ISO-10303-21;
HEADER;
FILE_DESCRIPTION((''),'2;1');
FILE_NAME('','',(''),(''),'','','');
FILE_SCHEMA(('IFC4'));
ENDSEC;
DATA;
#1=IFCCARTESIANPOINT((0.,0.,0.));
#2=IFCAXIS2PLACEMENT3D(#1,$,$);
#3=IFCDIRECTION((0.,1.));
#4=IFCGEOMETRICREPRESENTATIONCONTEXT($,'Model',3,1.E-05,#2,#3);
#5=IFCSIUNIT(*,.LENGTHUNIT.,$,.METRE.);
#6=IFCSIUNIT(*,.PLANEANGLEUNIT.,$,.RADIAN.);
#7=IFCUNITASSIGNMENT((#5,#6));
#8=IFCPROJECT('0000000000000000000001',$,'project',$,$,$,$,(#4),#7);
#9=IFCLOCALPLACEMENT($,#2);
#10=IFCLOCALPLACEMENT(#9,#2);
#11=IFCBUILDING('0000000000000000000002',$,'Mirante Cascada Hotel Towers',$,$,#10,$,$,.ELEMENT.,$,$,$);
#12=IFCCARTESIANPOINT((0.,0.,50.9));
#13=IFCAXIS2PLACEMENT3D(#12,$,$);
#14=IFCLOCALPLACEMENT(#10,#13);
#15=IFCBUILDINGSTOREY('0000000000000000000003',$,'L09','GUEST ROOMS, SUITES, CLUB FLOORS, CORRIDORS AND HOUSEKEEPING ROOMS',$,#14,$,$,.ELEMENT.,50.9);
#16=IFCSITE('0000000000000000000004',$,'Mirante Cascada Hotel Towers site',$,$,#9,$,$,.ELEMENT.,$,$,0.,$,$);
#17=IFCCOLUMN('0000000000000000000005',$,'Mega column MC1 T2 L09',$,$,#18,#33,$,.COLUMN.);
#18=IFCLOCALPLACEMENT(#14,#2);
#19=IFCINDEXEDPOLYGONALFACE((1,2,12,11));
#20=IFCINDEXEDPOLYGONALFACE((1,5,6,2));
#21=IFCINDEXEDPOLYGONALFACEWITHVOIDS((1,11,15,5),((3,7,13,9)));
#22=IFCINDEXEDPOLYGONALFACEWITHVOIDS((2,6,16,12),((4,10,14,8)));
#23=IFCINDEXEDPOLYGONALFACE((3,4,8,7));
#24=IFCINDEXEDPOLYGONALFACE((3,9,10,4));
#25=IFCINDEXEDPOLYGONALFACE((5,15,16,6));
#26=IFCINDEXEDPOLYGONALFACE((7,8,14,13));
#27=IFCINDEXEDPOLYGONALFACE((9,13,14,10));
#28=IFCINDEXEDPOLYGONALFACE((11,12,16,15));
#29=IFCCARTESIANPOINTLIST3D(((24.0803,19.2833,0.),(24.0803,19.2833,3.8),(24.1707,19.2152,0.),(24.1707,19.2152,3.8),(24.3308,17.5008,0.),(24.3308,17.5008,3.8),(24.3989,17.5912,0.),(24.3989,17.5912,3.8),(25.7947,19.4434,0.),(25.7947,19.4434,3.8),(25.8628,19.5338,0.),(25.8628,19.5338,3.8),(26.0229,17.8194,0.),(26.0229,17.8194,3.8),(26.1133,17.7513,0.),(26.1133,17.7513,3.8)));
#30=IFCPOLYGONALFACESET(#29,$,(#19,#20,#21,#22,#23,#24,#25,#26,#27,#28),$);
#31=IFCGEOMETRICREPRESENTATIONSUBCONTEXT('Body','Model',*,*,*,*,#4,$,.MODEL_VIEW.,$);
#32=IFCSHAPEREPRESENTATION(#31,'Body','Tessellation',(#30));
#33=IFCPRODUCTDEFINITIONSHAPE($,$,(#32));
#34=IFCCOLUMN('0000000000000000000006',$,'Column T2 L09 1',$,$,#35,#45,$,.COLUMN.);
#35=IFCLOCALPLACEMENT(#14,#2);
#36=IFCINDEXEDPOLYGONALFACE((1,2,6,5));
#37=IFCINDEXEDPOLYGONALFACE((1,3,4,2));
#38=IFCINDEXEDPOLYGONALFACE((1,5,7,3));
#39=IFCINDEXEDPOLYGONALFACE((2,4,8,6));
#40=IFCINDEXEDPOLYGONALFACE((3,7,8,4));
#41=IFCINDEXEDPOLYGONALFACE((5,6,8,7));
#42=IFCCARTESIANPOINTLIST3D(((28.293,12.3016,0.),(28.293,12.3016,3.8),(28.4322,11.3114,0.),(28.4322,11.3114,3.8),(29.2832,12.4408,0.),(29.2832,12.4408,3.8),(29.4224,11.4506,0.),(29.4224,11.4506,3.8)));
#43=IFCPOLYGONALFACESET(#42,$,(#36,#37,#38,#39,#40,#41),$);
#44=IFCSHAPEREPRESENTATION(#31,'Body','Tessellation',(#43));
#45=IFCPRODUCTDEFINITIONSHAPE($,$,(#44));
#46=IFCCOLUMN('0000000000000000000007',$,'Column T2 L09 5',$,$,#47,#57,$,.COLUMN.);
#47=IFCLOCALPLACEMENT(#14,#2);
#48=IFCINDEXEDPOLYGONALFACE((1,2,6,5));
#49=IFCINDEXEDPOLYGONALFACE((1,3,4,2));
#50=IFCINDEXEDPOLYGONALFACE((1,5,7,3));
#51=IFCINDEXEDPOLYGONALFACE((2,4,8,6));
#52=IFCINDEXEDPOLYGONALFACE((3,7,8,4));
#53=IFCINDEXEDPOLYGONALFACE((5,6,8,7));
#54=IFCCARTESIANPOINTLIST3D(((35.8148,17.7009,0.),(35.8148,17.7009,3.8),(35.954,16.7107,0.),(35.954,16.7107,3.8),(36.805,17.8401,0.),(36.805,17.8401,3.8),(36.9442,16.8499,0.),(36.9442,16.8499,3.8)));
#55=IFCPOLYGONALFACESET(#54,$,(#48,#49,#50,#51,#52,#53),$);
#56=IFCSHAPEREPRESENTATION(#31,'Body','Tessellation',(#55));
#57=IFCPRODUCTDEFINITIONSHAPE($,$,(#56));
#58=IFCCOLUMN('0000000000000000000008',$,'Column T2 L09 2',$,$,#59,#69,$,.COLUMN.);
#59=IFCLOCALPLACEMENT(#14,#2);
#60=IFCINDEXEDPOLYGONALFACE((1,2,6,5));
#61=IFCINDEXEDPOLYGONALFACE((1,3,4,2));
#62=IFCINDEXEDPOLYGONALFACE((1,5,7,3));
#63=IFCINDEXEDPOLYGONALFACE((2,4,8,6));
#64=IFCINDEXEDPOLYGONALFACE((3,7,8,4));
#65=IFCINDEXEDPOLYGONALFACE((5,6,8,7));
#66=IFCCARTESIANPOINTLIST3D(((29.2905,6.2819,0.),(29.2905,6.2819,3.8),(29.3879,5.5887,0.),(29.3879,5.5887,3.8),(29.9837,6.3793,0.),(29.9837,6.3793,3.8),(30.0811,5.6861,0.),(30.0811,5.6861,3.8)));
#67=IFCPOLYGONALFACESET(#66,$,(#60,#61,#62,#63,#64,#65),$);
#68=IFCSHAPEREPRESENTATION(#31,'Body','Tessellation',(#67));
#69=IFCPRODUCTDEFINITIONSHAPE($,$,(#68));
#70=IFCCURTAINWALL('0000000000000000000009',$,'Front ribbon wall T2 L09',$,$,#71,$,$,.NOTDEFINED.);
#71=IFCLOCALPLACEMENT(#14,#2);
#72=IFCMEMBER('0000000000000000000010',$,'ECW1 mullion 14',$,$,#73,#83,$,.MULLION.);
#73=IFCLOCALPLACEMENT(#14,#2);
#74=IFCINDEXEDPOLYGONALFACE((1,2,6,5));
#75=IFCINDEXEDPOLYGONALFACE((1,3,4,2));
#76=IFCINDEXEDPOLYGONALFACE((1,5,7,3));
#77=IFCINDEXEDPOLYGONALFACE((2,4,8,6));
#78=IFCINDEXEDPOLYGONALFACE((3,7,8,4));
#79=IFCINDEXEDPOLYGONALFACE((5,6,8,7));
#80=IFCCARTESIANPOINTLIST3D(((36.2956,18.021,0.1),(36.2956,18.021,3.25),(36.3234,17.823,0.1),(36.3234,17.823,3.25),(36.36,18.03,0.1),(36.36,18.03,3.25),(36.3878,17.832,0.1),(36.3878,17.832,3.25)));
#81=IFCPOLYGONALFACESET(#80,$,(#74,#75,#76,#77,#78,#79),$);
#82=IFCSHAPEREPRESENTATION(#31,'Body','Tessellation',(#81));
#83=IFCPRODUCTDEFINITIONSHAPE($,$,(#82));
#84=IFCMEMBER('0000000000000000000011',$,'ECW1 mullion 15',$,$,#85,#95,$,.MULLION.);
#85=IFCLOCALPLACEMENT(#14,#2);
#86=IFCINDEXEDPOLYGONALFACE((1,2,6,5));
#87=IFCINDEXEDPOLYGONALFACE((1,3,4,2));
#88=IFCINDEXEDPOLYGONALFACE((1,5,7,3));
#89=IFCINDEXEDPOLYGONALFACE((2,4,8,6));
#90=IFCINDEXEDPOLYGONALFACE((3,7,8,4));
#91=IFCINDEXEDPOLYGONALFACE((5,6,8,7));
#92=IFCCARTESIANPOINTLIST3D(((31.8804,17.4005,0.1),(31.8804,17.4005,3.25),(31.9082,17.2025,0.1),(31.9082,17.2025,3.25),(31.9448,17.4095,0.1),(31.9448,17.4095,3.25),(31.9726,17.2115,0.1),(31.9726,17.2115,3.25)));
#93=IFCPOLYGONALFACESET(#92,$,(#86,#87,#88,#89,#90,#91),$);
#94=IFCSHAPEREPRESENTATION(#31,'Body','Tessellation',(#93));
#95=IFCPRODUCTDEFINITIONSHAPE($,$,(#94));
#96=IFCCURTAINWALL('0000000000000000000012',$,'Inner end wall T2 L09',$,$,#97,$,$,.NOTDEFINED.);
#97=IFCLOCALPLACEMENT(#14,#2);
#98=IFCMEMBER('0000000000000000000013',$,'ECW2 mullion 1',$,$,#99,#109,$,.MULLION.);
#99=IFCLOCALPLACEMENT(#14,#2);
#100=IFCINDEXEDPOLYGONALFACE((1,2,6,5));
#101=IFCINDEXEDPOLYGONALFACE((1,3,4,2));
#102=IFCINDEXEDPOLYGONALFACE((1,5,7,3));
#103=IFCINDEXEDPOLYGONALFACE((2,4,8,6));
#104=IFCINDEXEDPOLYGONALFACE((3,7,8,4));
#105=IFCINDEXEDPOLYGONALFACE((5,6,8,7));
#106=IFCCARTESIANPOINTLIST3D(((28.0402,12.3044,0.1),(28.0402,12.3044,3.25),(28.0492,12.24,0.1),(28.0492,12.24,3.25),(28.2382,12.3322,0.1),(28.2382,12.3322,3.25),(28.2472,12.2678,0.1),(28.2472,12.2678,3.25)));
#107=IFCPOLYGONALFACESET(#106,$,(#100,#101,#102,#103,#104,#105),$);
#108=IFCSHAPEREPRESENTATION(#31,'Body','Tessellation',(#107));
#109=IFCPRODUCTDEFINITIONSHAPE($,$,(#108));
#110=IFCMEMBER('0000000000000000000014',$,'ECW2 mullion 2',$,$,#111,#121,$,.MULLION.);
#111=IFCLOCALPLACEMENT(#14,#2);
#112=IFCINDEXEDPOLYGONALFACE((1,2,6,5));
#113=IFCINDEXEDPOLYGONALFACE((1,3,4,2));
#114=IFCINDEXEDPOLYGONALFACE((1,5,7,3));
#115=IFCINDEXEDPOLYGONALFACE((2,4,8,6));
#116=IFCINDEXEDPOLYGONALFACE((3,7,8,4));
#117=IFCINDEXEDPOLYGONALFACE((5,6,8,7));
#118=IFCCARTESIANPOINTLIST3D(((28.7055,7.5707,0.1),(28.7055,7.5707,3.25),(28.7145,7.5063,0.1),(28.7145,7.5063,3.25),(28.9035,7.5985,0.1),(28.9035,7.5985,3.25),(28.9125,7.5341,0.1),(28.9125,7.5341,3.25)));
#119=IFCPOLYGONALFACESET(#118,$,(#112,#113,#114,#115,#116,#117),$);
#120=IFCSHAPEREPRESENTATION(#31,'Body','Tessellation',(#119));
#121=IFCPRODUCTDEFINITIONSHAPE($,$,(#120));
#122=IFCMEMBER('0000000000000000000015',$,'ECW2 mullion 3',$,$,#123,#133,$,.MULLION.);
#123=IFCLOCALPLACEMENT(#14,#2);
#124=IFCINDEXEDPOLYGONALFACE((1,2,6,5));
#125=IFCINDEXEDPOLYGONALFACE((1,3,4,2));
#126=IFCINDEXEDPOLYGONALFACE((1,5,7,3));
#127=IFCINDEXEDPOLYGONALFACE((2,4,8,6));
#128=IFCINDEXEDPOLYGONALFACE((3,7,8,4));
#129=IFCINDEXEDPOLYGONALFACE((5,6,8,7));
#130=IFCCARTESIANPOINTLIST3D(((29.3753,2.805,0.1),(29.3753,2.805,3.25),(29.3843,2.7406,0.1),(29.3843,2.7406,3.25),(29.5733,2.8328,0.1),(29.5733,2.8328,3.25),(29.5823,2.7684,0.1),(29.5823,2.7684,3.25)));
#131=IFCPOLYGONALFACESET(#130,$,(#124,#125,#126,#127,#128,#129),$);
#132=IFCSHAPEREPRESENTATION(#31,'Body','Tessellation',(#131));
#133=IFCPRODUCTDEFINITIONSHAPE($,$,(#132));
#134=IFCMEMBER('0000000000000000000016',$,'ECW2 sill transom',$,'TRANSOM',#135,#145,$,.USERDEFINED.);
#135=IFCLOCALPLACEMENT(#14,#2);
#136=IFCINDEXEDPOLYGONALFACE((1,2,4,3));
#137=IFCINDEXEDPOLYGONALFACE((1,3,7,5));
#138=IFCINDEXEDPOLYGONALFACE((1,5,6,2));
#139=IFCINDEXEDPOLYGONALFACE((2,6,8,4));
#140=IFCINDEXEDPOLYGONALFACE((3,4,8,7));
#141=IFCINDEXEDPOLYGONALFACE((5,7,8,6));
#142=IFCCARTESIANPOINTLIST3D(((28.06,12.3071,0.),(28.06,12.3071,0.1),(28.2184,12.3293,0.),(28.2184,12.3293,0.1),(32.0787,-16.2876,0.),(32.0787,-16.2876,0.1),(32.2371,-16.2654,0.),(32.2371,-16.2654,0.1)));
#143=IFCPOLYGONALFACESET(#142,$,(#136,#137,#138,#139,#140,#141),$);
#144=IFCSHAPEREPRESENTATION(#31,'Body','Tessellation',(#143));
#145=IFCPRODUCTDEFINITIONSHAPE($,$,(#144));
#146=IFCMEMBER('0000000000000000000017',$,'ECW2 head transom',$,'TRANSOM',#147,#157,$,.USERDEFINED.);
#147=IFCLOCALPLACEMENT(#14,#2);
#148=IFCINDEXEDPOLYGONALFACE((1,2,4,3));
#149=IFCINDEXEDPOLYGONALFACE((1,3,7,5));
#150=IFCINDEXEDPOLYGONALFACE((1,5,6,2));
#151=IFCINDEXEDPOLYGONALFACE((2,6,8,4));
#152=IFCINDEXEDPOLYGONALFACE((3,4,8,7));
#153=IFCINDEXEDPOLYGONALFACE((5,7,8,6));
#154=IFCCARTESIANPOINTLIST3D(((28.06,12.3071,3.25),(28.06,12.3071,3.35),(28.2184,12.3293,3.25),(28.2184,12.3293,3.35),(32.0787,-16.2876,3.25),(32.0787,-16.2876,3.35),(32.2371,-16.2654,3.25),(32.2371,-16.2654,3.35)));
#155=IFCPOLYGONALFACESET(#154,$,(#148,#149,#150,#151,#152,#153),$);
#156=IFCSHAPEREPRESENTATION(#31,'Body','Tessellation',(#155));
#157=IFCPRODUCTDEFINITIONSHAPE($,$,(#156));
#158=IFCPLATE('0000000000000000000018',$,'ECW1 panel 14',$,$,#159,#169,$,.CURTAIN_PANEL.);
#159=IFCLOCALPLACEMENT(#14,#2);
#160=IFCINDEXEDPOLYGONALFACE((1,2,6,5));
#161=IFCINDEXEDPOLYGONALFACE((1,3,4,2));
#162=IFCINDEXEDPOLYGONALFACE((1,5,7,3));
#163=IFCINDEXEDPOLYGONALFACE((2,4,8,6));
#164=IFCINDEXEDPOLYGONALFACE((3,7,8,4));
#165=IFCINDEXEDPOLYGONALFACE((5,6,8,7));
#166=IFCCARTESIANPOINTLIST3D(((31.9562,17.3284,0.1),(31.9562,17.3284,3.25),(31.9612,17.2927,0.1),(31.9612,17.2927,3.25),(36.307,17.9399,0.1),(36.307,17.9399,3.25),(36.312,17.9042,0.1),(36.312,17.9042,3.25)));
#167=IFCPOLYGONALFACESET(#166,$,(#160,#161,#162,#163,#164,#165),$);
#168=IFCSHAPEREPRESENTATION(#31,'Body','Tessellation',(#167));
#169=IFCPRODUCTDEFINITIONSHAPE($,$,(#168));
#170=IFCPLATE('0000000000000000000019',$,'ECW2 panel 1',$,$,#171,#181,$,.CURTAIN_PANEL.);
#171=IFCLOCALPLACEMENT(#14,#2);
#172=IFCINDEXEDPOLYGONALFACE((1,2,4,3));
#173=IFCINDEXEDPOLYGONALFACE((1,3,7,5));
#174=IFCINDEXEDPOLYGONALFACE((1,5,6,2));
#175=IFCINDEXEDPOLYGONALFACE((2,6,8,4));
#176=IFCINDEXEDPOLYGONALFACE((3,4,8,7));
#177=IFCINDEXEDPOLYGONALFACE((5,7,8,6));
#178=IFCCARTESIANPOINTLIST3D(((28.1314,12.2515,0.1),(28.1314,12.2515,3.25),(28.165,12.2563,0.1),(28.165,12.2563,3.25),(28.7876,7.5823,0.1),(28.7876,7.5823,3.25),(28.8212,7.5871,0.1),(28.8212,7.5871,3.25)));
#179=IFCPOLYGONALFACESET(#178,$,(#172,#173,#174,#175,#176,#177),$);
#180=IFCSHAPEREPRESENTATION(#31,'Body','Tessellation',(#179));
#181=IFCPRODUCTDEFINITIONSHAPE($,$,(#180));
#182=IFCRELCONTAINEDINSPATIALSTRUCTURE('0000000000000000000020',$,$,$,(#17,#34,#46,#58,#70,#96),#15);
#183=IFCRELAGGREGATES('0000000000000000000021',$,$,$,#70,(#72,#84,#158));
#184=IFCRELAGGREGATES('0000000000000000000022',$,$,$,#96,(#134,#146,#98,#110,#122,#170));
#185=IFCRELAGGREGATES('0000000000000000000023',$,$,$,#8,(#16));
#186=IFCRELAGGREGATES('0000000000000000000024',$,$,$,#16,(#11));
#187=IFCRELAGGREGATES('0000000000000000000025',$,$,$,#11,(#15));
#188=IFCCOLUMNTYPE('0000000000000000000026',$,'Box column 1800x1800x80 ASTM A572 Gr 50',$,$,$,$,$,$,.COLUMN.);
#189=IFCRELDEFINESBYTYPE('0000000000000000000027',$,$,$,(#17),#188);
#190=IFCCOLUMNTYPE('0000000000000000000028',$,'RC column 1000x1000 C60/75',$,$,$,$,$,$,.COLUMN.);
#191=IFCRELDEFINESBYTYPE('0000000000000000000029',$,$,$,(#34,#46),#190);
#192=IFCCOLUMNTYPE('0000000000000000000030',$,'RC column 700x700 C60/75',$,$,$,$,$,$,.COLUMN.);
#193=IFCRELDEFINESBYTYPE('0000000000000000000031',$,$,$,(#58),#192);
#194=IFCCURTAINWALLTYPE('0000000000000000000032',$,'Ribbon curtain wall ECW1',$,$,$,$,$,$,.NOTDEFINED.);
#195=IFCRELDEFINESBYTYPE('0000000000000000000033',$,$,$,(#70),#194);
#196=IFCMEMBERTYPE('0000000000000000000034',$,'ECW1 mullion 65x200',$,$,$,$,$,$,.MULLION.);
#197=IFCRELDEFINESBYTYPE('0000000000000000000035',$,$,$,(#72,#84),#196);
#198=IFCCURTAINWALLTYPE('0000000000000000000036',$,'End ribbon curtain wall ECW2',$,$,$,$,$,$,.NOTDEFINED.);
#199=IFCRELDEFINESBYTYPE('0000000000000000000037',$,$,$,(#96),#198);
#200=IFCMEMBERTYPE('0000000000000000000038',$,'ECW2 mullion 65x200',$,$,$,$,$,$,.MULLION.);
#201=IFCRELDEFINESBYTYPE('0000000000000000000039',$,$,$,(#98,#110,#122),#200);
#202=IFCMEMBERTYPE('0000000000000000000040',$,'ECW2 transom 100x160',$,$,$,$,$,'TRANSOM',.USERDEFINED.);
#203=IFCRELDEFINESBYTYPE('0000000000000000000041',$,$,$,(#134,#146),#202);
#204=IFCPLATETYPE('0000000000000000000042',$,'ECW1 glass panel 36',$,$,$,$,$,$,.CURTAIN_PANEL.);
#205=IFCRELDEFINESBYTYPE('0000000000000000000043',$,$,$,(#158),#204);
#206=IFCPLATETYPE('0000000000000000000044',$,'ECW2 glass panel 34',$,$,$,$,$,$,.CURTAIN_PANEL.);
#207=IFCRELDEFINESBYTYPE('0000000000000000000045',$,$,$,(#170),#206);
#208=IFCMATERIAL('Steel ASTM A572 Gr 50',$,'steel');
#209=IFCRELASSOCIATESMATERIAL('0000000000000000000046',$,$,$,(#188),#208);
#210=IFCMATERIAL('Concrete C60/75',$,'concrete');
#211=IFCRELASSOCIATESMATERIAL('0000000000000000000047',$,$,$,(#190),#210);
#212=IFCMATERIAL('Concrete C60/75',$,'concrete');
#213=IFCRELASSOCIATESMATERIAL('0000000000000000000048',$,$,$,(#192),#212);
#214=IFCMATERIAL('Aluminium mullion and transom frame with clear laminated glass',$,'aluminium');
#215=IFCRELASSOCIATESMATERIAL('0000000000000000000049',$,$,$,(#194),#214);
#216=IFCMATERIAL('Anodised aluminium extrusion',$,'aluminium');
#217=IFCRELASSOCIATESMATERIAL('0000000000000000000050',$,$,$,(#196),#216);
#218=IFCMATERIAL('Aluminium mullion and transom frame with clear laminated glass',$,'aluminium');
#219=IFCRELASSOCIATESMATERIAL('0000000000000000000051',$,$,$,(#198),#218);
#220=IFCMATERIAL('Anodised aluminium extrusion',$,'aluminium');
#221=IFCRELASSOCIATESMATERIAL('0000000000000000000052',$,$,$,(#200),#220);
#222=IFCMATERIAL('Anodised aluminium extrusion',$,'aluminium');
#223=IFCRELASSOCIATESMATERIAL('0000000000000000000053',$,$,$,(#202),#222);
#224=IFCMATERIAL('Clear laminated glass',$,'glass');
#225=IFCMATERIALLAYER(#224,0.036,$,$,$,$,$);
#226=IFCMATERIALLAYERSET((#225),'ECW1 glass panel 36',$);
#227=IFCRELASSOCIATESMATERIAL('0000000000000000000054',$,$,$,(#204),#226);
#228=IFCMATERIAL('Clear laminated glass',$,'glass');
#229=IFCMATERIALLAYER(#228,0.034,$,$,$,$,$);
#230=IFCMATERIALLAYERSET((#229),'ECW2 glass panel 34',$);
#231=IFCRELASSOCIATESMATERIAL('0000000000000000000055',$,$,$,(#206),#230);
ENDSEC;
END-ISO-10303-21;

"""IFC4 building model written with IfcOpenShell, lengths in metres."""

from ifc_helpers import new_model, si_unit, direction, frame, origin, origin_2d, place, context, subcontext, project, spatial, rectangle, hollow_rectangle, extrude, material, layer, layer_set, material_profile, profile_set, type_object, element, aggregate, save


model = new_model("IFC4")

# Units and contexts
model_context = context("Model", 3, precision=1e-05, world=origin(), true_north=direction((0.0, 1.0)))
body_context = subcontext(model_context, "Body", "Model", "MODEL_VIEW")
ifc_project = project(units=[si_unit("LENGTHUNIT", "METRE"), si_unit("PLANEANGLEUNIT", "RADIAN")], contexts=[model_context])

# Site, building, storey
site_placement = place(None, origin())
site = spatial("IfcSite", under=ifc_project, at=site_placement, Name="Mirante Cascada Hotel Towers site", CompositionType="ELEMENT", RefElevation=0.0)
building_placement = place(site_placement, origin())
building = spatial("IfcBuilding", under=site, at=building_placement, Name="Mirante Cascada Hotel Towers", CompositionType="ELEMENT")
storey_placement = place(building_placement, frame((0.0, 0.0, 50.9)))
storey = spatial("IfcBuildingStorey", under=building, at=storey_placement, Name="L09", Description="GUEST ROOMS, SUITES, CLUB FLOORS, CORRIDORS AND HOUSEKEEPING ROOMS", CompositionType="ELEMENT", Elevation=50.9)

# Columns
ifc_material_1 = material(Name="Steel ASTM A572 Gr 50", Category="steel")
ifc_material_profile_1 = material_profile(ifc_material_1, hollow_rectangle(XDim=1.8, YDim=1.8, WallThickness=0.08, at=origin_2d()), Name="Box column 1800x1800x80 ASTM A572 Gr 50")
ifc_profile_set_1 = profile_set([ifc_material_profile_1], Name="Steel ASTM A572 Gr 50")
column_type_1 = type_object("IfcColumnType", Name="Box column 1800x1800x80 ASTM A572 Gr 50", PredefinedType="COLUMN", material=ifc_profile_set_1)
column_1_placement = place(storey_placement, frame((25.0968, 18.5173, 0.0), z_axis=(0.0, 0.0, 1.0), x_axis=(0.990268, 0.139173, 0.0)))
element("IfcColumn", 1, at=column_1_placement, inside=storey, type_object=column_type_1, Name="Mega column MC1 T2 L09", PredefinedType="COLUMN", context=body_context, shape_type="SweptSolid", body=[
    extrude(hollow_rectangle(XDim=1.8, YDim=1.8, WallThickness=0.08, at=origin_2d()), origin(), (0.0, 0.0, 1.0), 3.8),
])
ifc_material_2 = material(Name="Concrete C60/75", Category="concrete")
ifc_material_profile_2 = material_profile(ifc_material_2, rectangle(XDim=1.0, YDim=1.0, at=origin_2d()), Name="RC column 1000x1000 C60/75")
ifc_profile_set_2 = profile_set([ifc_material_profile_2], Name="Concrete C60/75")
column_type_2 = type_object("IfcColumnType", Name="RC column 1000x1000 C60/75", PredefinedType="COLUMN", material=ifc_profile_set_2)
for number, where, z_axis, x_axis, name in (
    (2, (28.8577, 11.8761, 0.0), (0.0, 0.0, 1.0), (0.990268, 0.139173, 0.0), "Column T2 L09 1"),
    (3, (36.3795, 17.2754, 0.0), (0.0, 0.0, 1.0), (0.990268, 0.139173, 0.0), "Column T2 L09 5"),
):
    element("IfcColumn", number, at=place(storey_placement, frame(where, z_axis=z_axis, x_axis=x_axis)), inside=storey, type_object=column_type_2, Name=name, PredefinedType="COLUMN", context=body_context, shape_type="SweptSolid", body=[
        extrude(rectangle(XDim=1.0, YDim=1.0, at=origin_2d()), origin(), (0.0, 0.0, 1.0), 3.8),
    ])
ifc_material_3 = material(Name="Concrete C60/75", Category="concrete")
ifc_material_profile_3 = material_profile(ifc_material_3, rectangle(XDim=0.7, YDim=0.7, at=origin_2d()), Name="RC column 700x700 C60/75")
ifc_profile_set_3 = profile_set([ifc_material_profile_3], Name="Concrete C60/75")
column_type_3 = type_object("IfcColumnType", Name="RC column 700x700 C60/75", PredefinedType="COLUMN", material=ifc_profile_set_3)
column_2_placement = place(storey_placement, frame((29.6858, 5.984, 0.0), z_axis=(0.0, 0.0, 1.0), x_axis=(0.990268, 0.139173, 0.0)))
element("IfcColumn", 4, at=column_2_placement, inside=storey, type_object=column_type_3, Name="Column T2 L09 2", PredefinedType="COLUMN", context=body_context, shape_type="SweptSolid", body=[
    extrude(rectangle(XDim=0.7, YDim=0.7, at=origin_2d()), origin(), (0.0, 0.0, 1.0), 3.8),
])

# Curtain walls, members
ifc_material_4 = material(Name="Aluminium mullion and transom frame with clear laminated glass", Category="aluminium")
curtain_wall_type_1 = type_object("IfcCurtainWallType", Name="Ribbon curtain wall ECW1", PredefinedType="NOTDEFINED", material=ifc_material_4)
curtain_wall_1_placement = place(storey_placement, origin())
curtain_wall_1 = element("IfcCurtainWall", 5, at=curtain_wall_1_placement, inside=storey, type_object=curtain_wall_type_1, Name="Front ribbon wall T2 L09", PredefinedType="NOTDEFINED")
ifc_material_5 = material(Name="Anodised aluminium extrusion", Category="aluminium")
ifc_material_profile_4 = material_profile(ifc_material_5, rectangle(XDim=0.2, YDim=0.065, at=origin_2d()), Name="ECW1 MULLION 65x200")
ifc_profile_set_4 = profile_set([ifc_material_profile_4], Name="Anodised aluminium extrusion")
member_type_1 = type_object("IfcMemberType", Name="ECW1 mullion 65x200", PredefinedType="MULLION", material=ifc_profile_set_4)
member_1_placement = place(storey_placement, frame((36.3417, 17.9265, 0.1), z_axis=(0.0, 0.0, 1.0), x_axis=(0.139173, -0.990268, 0.0)))
member_1 = element("IfcMember", 6, at=member_1_placement, type_object=member_type_1, Name="ECW1 mullion 14", PredefinedType="MULLION", context=body_context, shape_type="SweptSolid", body=[
    extrude(rectangle(XDim=0.2, YDim=0.065, at=origin_2d()), origin(), (0.0, 0.0, 1.0), 3.15),
])
member_2_placement = place(storey_placement, frame((31.9265, 17.306, 0.1), z_axis=(0.0, 0.0, 1.0), x_axis=(0.139173, -0.990268, 0.0)))
member_2 = element("IfcMember", 7, at=member_2_placement, type_object=member_type_1, Name="ECW1 mullion 15", PredefinedType="MULLION", context=body_context, shape_type="SweptSolid", body=[
    extrude(rectangle(XDim=0.2, YDim=0.065, at=origin_2d()), origin(), (0.0, 0.0, 1.0), 3.15),
])
ifc_material_6 = material(Name="Aluminium mullion and transom frame with clear laminated glass", Category="aluminium")
curtain_wall_type_2 = type_object("IfcCurtainWallType", Name="End ribbon curtain wall ECW2", PredefinedType="NOTDEFINED", material=ifc_material_6)
curtain_wall_2_placement = place(storey_placement, origin())
curtain_wall_2 = element("IfcCurtainWall", 8, at=curtain_wall_2_placement, inside=storey, type_object=curtain_wall_type_2, Name="Inner end wall T2 L09", PredefinedType="NOTDEFINED")
ifc_material_7 = material(Name="Anodised aluminium extrusion", Category="aluminium")
ifc_material_profile_5 = material_profile(ifc_material_7, rectangle(XDim=0.2, YDim=0.065, at=origin_2d()), Name="ECW2 MULLION 65x200")
ifc_profile_set_5 = profile_set([ifc_material_profile_5], Name="Anodised aluminium extrusion")
member_type_2 = type_object("IfcMemberType", Name="ECW2 mullion 65x200", PredefinedType="MULLION", material=ifc_profile_set_5)
member_3_placement = place(storey_placement, frame((28.1437, 12.2861, 0.1), z_axis=(0.0, 0.0, 1.0), x_axis=(0.990268, 0.139173, 0.0)))
member_3 = element("IfcMember", 9, at=member_3_placement, type_object=member_type_2, Name="ECW2 mullion 1", PredefinedType="MULLION", context=body_context, shape_type="SweptSolid", body=[
    extrude(rectangle(XDim=0.2, YDim=0.065, at=origin_2d()), origin(), (0.0, 0.0, 1.0), 3.15),
])
member_4_placement = place(storey_placement, frame((28.809, 7.5524, 0.1), z_axis=(0.0, 0.0, 1.0), x_axis=(0.990268, 0.139173, 0.0)))
member_4 = element("IfcMember", 10, at=member_4_placement, type_object=member_type_2, Name="ECW2 mullion 2", PredefinedType="MULLION", context=body_context, shape_type="SweptSolid", body=[
    extrude(rectangle(XDim=0.2, YDim=0.065, at=origin_2d()), origin(), (0.0, 0.0, 1.0), 3.15),
])
member_5_placement = place(storey_placement, frame((29.4788, 2.7867, 0.1), z_axis=(0.0, 0.0, 1.0), x_axis=(0.990268, 0.139173, 0.0)))
member_5 = element("IfcMember", 11, at=member_5_placement, type_object=member_type_2, Name="ECW2 mullion 3", PredefinedType="MULLION", context=body_context, shape_type="SweptSolid", body=[
    extrude(rectangle(XDim=0.2, YDim=0.065, at=origin_2d()), origin(), (0.0, 0.0, 1.0), 3.15),
])
ifc_material_8 = material(Name="Anodised aluminium extrusion", Category="aluminium")
ifc_material_profile_6 = material_profile(ifc_material_8, rectangle(XDim=0.16, YDim=0.1, at=origin_2d()), Name="ECW2 TRANSOM 100x160")
ifc_profile_set_6 = profile_set([ifc_material_profile_6], Name="Anodised aluminium extrusion")
member_type_3 = type_object("IfcMemberType", Name="ECW2 transom 100x160", ElementType="TRANSOM", PredefinedType="USERDEFINED", material=ifc_profile_set_6)
member_6_placement = place(storey_placement, frame((28.1392, 12.3182, 0.05), z_axis=(0.139172, -0.990268, 0.0), x_axis=(0.990268, 0.139172, 0.0)))
member_6 = element("IfcMember", 12, at=member_6_placement, type_object=member_type_3, Name="ECW2 sill transom", ObjectType="TRANSOM", PredefinedType="USERDEFINED", context=body_context, shape_type="SweptSolid", body=[
    extrude(rectangle(XDim=0.16, YDim=0.1, at=origin_2d()), origin(), (0.0, 0.0, 1.0), 28.8757),
])
member_7_placement = place(storey_placement, frame((28.1392, 12.3182, 3.3), z_axis=(0.139172, -0.990268, 0.0), x_axis=(0.990268, 0.139172, 0.0)))
member_7 = element("IfcMember", 13, at=member_7_placement, type_object=member_type_3, Name="ECW2 head transom", ObjectType="TRANSOM", PredefinedType="USERDEFINED", context=body_context, shape_type="SweptSolid", body=[
    extrude(rectangle(XDim=0.16, YDim=0.1, at=origin_2d()), origin(), (0.0, 0.0, 1.0), 28.8757),
])

# Plates
ifc_material_9 = material(Name="Clear laminated glass", Category="glass")
ifc_layer_1 = layer(ifc_material_9, 0.036)
ifc_layer_set_1 = layer_set([ifc_layer_1], Name="ECW1 glass panel 36")
plate_type_1 = type_object("IfcPlateType", Name="ECW1 glass panel 36", PredefinedType="CURTAIN_PANEL", material=ifc_layer_set_1)
plate_1_placement = place(storey_placement, frame((34.1341, 17.6163, 0.1), z_axis=(0.0, 0.0, 1.0), x_axis=(-0.990268, -0.139173, 0.0)))
plate_1 = element("IfcPlate", 14, at=plate_1_placement, type_object=plate_type_1, Name="ECW1 panel 14", PredefinedType="CURTAIN_PANEL", context=body_context, shape_type="SweptSolid", body=[
    extrude(rectangle(XDim=4.3936, YDim=0.036, at=origin_2d()), origin(), (0.0, 0.0, 1.0), 3.15),
])
aggregate(curtain_wall_1, [member_1, member_2, plate_1])
ifc_material_10 = material(Name="Clear laminated glass", Category="glass")
ifc_layer_2 = layer(ifc_material_10, 0.034)
ifc_layer_set_2 = layer_set([ifc_layer_2], Name="ECW2 glass panel 34")
plate_type_2 = type_object("IfcPlateType", Name="ECW2 glass panel 34", PredefinedType="CURTAIN_PANEL", material=ifc_layer_set_2)
plate_2_placement = place(storey_placement, frame((28.4763, 9.9193, 0.1), z_axis=(0.0, 0.0, 1.0), x_axis=(0.139173, -0.990268, 0.0)))
plate_2 = element("IfcPlate", 15, at=plate_2_placement, type_object=plate_type_2, Name="ECW2 panel 1", PredefinedType="CURTAIN_PANEL", context=body_context, shape_type="SweptSolid", body=[
    extrude(rectangle(XDim=4.7151, YDim=0.034, at=origin_2d()), origin(), (0.0, 0.0, 1.0), 3.15),
])
aggregate(curtain_wall_2, [member_6, member_7, member_3, member_4, member_5, plate_2])

save(model, "model.ifc")
